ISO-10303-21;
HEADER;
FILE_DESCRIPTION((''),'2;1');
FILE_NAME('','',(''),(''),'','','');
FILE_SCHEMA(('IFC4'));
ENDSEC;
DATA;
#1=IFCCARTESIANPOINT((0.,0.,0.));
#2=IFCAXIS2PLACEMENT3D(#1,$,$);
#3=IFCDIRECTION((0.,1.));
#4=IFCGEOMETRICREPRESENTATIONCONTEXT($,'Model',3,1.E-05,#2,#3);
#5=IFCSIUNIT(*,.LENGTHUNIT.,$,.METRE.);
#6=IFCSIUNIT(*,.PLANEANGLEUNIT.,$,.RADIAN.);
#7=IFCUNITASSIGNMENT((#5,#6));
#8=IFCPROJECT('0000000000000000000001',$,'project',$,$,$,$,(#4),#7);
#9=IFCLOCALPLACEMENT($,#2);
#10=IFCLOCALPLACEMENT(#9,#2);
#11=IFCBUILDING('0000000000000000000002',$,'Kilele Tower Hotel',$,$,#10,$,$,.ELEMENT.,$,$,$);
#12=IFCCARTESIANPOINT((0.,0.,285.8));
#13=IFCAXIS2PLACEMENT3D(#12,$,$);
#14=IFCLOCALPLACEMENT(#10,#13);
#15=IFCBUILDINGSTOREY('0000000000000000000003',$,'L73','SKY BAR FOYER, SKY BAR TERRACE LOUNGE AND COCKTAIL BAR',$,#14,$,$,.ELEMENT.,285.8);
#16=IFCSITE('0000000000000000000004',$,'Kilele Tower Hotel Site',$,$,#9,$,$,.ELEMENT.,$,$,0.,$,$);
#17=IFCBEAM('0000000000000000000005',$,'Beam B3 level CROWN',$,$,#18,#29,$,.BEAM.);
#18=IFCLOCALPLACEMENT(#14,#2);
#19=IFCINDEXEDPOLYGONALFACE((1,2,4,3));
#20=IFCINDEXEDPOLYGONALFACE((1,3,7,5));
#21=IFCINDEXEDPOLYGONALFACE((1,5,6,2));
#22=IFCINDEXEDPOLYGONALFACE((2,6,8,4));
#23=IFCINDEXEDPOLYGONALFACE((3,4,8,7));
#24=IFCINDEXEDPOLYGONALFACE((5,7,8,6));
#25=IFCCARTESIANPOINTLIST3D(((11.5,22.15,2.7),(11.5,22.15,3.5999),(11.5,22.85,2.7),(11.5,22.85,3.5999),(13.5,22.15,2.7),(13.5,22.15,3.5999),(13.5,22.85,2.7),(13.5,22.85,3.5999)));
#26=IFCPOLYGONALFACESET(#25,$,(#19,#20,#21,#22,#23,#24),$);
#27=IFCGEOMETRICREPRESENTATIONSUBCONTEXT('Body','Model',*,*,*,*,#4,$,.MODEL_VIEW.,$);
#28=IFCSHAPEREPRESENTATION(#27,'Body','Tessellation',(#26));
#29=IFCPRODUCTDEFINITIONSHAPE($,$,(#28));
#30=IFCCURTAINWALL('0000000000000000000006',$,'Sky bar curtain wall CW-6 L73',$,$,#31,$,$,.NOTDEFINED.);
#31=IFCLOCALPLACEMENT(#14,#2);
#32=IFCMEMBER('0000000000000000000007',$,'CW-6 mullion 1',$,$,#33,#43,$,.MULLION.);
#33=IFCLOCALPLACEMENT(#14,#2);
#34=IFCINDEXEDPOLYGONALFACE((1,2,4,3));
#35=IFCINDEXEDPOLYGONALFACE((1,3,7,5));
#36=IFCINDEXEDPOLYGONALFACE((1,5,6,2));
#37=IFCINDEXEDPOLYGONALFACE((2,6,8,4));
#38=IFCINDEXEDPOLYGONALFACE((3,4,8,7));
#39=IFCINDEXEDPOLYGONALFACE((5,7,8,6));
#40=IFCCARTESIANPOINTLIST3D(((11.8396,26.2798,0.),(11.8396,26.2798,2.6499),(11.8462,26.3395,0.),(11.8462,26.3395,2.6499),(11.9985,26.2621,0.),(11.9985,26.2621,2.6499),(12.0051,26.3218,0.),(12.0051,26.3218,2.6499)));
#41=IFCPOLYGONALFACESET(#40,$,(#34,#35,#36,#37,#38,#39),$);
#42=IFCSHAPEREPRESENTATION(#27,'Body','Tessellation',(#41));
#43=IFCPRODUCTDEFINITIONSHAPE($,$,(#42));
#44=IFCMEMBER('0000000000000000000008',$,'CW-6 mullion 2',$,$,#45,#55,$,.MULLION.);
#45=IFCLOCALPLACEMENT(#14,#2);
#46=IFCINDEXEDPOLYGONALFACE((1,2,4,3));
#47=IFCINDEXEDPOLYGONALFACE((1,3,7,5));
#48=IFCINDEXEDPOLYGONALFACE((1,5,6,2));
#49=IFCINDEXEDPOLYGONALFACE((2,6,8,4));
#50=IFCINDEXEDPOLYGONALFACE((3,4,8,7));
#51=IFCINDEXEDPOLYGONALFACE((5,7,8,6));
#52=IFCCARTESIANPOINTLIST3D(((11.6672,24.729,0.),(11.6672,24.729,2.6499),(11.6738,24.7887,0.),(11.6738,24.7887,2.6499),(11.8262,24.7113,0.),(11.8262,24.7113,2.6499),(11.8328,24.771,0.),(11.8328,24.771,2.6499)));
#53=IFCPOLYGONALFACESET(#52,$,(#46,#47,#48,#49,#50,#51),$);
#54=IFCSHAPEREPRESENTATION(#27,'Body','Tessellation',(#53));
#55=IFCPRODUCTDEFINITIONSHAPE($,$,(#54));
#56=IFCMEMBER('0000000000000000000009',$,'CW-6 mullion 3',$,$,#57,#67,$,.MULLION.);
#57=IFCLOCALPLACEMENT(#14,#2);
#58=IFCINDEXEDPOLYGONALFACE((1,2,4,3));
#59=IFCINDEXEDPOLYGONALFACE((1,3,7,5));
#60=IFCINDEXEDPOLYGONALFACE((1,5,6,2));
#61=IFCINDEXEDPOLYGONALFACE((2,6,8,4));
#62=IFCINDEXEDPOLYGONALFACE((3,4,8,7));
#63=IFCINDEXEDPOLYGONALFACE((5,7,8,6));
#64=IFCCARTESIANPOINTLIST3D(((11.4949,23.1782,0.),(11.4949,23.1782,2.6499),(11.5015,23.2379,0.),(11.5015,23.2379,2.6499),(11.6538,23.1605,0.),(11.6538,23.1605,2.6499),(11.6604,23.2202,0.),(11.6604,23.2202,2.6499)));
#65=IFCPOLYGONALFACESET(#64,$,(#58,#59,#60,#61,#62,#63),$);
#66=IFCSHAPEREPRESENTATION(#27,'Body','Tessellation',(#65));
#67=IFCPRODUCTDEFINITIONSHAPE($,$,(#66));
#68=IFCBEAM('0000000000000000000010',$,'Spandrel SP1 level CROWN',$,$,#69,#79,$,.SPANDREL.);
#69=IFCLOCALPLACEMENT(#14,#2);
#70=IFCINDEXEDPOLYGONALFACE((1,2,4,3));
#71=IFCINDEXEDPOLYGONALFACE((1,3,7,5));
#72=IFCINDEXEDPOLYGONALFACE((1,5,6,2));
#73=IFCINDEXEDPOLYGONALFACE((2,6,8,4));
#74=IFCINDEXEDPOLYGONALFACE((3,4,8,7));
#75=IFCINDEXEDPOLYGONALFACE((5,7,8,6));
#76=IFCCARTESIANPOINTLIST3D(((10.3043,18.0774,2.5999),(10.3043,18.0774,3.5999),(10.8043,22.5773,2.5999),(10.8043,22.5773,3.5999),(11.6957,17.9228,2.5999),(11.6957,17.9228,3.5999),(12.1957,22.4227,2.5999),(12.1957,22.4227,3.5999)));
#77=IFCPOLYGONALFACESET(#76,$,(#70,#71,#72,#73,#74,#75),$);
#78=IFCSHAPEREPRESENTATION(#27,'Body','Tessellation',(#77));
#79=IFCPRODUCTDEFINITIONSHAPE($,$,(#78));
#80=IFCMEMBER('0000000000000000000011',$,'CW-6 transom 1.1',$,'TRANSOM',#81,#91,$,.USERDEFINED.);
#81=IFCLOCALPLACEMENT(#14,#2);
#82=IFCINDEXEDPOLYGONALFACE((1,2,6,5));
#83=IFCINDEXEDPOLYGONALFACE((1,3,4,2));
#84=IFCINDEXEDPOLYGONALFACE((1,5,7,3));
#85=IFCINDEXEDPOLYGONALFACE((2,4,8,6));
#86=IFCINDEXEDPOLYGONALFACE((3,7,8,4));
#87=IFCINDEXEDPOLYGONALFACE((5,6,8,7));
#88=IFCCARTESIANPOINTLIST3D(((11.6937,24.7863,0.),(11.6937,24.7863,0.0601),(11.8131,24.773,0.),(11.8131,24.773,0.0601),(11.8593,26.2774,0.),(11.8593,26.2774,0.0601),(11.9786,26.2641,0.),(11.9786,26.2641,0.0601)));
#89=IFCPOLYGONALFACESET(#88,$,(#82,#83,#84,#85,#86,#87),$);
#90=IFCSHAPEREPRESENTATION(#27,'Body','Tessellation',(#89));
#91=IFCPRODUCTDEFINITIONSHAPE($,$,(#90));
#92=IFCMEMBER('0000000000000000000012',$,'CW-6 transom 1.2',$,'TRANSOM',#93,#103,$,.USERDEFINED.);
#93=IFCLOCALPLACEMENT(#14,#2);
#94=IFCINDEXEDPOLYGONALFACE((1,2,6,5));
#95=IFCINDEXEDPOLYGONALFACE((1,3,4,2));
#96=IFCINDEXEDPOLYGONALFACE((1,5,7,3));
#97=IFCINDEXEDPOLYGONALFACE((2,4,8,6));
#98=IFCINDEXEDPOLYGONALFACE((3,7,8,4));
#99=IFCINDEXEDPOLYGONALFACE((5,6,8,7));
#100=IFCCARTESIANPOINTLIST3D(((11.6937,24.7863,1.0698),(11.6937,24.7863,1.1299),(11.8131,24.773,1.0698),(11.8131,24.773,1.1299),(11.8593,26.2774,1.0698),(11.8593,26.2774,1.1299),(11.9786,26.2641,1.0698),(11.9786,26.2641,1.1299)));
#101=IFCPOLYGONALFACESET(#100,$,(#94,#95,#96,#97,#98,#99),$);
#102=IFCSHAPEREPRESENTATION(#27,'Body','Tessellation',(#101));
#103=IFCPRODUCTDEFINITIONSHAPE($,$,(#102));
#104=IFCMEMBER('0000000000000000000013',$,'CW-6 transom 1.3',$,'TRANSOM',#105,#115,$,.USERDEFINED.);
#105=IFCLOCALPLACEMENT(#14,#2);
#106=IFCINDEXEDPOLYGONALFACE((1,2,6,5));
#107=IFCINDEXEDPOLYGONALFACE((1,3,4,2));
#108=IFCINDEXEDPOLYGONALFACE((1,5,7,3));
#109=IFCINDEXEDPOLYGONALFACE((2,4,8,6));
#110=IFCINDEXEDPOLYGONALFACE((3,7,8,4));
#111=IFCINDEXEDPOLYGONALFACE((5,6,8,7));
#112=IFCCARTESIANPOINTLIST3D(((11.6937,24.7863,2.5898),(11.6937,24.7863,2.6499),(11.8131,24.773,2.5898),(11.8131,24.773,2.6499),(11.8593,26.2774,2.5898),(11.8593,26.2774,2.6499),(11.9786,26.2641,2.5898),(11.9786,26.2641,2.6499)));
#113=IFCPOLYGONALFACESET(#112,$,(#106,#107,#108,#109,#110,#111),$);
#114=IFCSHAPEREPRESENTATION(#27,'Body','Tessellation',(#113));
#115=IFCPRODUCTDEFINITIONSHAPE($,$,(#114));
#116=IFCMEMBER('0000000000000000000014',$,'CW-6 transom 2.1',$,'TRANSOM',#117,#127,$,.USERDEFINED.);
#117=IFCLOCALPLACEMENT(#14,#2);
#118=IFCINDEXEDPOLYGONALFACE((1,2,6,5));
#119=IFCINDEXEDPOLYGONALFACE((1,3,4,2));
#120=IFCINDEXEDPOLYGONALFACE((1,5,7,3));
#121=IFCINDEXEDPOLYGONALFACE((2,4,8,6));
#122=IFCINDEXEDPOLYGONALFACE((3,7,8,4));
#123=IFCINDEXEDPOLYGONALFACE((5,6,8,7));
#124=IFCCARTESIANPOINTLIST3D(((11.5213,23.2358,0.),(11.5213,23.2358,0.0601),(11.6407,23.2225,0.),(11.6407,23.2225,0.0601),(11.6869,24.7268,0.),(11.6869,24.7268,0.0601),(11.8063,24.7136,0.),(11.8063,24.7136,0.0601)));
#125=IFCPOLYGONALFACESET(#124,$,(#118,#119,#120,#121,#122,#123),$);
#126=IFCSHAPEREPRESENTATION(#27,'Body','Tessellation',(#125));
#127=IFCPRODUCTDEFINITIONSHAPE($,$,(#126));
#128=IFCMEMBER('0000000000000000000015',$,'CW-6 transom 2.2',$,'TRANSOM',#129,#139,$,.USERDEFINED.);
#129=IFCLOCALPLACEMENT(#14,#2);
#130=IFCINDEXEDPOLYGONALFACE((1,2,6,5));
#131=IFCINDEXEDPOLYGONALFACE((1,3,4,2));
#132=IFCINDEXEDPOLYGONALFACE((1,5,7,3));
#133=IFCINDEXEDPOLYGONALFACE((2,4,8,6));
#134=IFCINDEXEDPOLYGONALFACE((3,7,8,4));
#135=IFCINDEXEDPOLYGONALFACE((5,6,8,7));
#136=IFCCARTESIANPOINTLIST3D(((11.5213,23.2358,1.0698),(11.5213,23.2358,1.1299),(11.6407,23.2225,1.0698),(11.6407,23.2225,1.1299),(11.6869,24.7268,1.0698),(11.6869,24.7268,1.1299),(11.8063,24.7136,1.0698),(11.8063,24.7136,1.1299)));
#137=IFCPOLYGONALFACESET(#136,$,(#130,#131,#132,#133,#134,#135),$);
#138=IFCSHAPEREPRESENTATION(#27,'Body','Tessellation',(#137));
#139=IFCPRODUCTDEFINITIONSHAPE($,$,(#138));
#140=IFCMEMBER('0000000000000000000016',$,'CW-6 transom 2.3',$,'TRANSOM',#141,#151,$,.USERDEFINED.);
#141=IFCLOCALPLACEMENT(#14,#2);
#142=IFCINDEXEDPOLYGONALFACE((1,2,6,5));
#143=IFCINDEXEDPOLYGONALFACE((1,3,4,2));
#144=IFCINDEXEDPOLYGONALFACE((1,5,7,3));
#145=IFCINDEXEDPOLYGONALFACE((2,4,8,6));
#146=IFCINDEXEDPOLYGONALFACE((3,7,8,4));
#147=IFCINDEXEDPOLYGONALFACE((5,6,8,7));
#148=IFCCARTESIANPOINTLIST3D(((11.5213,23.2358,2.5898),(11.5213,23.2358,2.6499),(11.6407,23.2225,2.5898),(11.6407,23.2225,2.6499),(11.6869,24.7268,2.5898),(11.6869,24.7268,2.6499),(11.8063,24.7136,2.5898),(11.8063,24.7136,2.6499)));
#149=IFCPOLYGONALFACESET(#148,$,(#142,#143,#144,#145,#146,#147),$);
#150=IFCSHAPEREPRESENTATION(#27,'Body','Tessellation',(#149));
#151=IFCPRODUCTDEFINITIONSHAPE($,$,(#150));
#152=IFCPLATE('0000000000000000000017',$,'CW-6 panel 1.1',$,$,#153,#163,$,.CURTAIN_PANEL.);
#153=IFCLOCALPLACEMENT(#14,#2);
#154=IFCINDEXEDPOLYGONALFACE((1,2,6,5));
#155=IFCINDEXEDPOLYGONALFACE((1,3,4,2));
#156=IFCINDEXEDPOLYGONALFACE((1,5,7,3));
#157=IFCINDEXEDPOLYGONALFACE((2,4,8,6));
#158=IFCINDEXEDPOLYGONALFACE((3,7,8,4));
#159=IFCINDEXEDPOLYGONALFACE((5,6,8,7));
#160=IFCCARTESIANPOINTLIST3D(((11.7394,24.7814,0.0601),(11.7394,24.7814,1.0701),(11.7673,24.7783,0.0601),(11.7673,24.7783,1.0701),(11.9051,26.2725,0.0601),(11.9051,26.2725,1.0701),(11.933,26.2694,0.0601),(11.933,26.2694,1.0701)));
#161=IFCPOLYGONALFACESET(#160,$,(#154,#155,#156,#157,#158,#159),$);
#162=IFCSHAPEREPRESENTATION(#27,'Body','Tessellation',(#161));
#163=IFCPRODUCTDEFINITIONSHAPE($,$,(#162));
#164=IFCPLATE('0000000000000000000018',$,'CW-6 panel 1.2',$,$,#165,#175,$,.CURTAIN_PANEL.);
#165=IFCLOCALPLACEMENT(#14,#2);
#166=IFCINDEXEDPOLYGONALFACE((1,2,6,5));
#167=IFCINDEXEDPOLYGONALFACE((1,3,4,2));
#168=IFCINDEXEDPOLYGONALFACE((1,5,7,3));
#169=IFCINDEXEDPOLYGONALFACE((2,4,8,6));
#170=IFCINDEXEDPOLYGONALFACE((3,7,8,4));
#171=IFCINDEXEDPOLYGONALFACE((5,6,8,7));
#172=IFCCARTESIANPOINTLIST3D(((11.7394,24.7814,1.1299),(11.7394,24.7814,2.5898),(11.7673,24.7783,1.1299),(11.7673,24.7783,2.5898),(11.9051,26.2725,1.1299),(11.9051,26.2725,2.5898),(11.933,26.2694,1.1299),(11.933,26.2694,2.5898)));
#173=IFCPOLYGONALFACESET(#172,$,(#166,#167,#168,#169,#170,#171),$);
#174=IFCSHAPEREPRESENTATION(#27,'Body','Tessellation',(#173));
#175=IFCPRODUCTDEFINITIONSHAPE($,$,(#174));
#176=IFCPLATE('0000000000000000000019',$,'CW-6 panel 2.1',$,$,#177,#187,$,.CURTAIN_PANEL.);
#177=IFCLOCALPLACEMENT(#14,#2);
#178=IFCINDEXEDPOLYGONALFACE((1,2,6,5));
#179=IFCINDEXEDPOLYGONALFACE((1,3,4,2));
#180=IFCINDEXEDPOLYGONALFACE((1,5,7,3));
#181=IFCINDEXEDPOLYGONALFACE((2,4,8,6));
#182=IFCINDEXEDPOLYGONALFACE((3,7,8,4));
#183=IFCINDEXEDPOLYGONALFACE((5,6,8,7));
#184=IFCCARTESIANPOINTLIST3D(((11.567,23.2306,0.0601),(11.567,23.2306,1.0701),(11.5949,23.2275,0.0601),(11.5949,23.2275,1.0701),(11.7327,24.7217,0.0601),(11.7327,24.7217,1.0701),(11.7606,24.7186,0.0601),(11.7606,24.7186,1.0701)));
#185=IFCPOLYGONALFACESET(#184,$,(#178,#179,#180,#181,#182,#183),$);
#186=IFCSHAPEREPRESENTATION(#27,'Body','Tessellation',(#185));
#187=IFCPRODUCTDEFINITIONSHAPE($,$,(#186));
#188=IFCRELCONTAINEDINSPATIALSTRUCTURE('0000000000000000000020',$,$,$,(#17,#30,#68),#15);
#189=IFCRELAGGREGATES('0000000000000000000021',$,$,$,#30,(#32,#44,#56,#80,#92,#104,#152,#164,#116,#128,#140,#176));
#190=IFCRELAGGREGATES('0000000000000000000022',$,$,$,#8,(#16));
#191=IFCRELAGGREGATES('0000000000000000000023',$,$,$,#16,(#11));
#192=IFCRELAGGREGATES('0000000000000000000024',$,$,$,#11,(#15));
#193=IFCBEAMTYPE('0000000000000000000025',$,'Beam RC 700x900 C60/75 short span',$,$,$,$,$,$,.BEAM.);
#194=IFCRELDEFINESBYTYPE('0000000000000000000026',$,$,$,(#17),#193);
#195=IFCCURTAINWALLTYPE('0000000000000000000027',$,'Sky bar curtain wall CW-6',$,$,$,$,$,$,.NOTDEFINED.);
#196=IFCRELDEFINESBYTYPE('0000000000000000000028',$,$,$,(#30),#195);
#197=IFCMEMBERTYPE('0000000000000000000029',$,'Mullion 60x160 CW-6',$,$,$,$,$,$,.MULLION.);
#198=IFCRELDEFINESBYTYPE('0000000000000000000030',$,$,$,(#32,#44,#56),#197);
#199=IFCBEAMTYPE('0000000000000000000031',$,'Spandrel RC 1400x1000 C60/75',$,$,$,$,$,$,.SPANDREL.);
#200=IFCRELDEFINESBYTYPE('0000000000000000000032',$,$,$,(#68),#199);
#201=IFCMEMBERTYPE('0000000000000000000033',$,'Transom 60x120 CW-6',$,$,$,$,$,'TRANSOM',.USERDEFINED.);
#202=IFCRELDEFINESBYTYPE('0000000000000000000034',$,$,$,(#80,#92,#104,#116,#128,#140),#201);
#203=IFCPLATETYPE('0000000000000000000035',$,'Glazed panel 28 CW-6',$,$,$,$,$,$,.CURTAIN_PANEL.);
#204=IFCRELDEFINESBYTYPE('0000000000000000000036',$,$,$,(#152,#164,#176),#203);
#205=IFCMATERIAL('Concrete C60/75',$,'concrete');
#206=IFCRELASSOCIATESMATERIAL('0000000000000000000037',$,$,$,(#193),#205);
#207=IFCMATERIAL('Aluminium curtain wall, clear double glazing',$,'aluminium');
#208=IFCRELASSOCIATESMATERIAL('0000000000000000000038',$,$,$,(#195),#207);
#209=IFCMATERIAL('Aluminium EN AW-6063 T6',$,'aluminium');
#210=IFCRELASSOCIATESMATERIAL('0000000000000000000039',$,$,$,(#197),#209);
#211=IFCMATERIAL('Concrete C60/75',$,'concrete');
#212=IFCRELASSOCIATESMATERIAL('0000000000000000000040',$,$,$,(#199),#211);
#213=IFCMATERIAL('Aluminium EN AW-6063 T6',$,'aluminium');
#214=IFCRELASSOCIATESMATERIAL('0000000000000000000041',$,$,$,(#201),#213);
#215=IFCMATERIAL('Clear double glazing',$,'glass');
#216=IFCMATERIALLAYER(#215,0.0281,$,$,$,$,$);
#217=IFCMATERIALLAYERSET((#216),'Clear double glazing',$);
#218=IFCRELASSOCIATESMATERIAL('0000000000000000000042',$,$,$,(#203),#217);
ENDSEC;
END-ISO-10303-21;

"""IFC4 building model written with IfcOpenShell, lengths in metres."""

from ifc_helpers import new_model, si_unit, direction, frame, origin, origin_2d, place, context, subcontext, project, spatial, rectangle, extrude, material, layer, layer_set, material_profile, profile_set, type_object, element, aggregate, save


model = new_model("IFC4")

# Units and contexts
model_context = context("Model", 3, precision=1e-05, world=origin(), true_north=direction((0.0, 1.0)))
body_context = subcontext(model_context, "Body", "Model", "MODEL_VIEW")
ifc_project = project(units=[si_unit("LENGTHUNIT", "METRE"), si_unit("PLANEANGLEUNIT", "RADIAN")], contexts=[model_context])

# Site, building, storey
site_placement = place(None, origin())
site = spatial("IfcSite", under=ifc_project, at=site_placement, Name="Kilele Tower Hotel Site", CompositionType="ELEMENT", RefElevation=0.0)
building_placement = place(site_placement, origin())
building = spatial("IfcBuilding", under=site, at=building_placement, Name="Kilele Tower Hotel", CompositionType="ELEMENT")
storey_placement = place(building_placement, frame((0.0, 0.0, 285.8)))
storey = spatial("IfcBuildingStorey", under=building, at=storey_placement, Name="L73", Description="SKY BAR FOYER, SKY BAR TERRACE LOUNGE AND COCKTAIL BAR", CompositionType="ELEMENT", Elevation=285.8)

# Beam
ifc_material_1 = material(Name="Concrete C60/75", Category="concrete")
ifc_material_profile_1 = material_profile(ifc_material_1, rectangle(XDim=0.7, YDim=0.8999, at=origin_2d()))
ifc_profile_set_1 = profile_set([ifc_material_profile_1], Name="Concrete C60/75")
beam_type_1 = type_object("IfcBeamType", Name="Beam RC 700x900 C60/75 short span", PredefinedType="BEAM", material=ifc_profile_set_1)
beam_1_placement = place(storey_placement, frame((11.5, 22.5, 3.1499), z_axis=(1.0, 0.0, 0.0), x_axis=(0.0, 1.0, 0.0)))
element("IfcBeam", 1, at=beam_1_placement, inside=storey, type_object=beam_type_1, Name="Beam B3 level CROWN", PredefinedType="BEAM", context=body_context, shape_type="SweptSolid", body=[
    extrude(rectangle(XDim=0.7, YDim=0.8999, at=origin_2d()), origin(), (0.0, 0.0, 1.0), 2.0),
])

# Curtain wall, members
ifc_material_2 = material(Name="Aluminium curtain wall, clear double glazing", Category="aluminium")
curtain_wall_type = type_object("IfcCurtainWallType", Name="Sky bar curtain wall CW-6", PredefinedType="NOTDEFINED", material=ifc_material_2)
curtain_wall_placement = place(storey_placement, origin())
curtain_wall = element("IfcCurtainWall", 2, at=curtain_wall_placement, inside=storey, type_object=curtain_wall_type, Name="Sky bar curtain wall CW-6 L73", PredefinedType="NOTDEFINED")
ifc_material_3 = material(Name="Aluminium EN AW-6063 T6", Category="aluminium")
ifc_material_profile_2 = material_profile(ifc_material_3, rectangle(XDim=0.1599, YDim=0.0601, at=origin_2d()))
ifc_profile_set_2 = profile_set([ifc_material_profile_2], Name="Aluminium EN AW-6063 T6")
member_type_1 = type_object("IfcMemberType", Name="Mullion 60x160 CW-6", PredefinedType="MULLION", material=ifc_profile_set_2)
member_1_placement = place(storey_placement, frame((11.9224, 26.3008, 0.0), z_axis=(0.0, 0.0, 1.0), x_axis=(0.993884, -0.110432, 0.0)))
member_1 = element("IfcMember", 3, at=member_1_placement, type_object=member_type_1, Name="CW-6 mullion 1", PredefinedType="MULLION", context=body_context, shape_type="SweptSolid", body=[
    extrude(rectangle(XDim=0.1599, YDim=0.0601, at=origin_2d()), origin(), (0.0, 0.0, 1.0), 2.6499),
])
member_2_placement = place(storey_placement, frame((11.75, 24.75, 0.0), z_axis=(0.0, 0.0, 1.0), x_axis=(0.993884, -0.110432, 0.0)))
member_2 = element("IfcMember", 4, at=member_2_placement, type_object=member_type_1, Name="CW-6 mullion 2", PredefinedType="MULLION", context=body_context, shape_type="SweptSolid", body=[
    extrude(rectangle(XDim=0.1599, YDim=0.0601, at=origin_2d()), origin(), (0.0, 0.0, 1.0), 2.6499),
])
member_3_placement = place(storey_placement, frame((11.5776, 23.1992, 0.0), z_axis=(0.0, 0.0, 1.0), x_axis=(0.993884, -0.110432, 0.0)))
member_3 = element("IfcMember", 5, at=member_3_placement, type_object=member_type_1, Name="CW-6 mullion 3", PredefinedType="MULLION", context=body_context, shape_type="SweptSolid", body=[
    extrude(rectangle(XDim=0.1599, YDim=0.0601, at=origin_2d()), origin(), (0.0, 0.0, 1.0), 2.6499),
])

# Beam
ifc_material_4 = material(Name="Concrete C60/75", Category="concrete")
ifc_material_profile_3 = material_profile(ifc_material_4, rectangle(XDim=1.3999, YDim=1.0, at=origin_2d()))
ifc_profile_set_3 = profile_set([ifc_material_profile_3], Name="Concrete C60/75")
beam_type_2 = type_object("IfcBeamType", Name="Spandrel RC 1400x1000 C60/75", PredefinedType="SPANDREL", material=ifc_profile_set_3)
beam_2_placement = place(storey_placement, frame((11.5, 22.5, 3.0999), z_axis=(-0.110432, -0.993884, 0.0), x_axis=(0.993884, -0.110432, 0.0)))
element("IfcBeam", 6, at=beam_2_placement, inside=storey, type_object=beam_type_2, Name="Spandrel SP1 level CROWN", PredefinedType="SPANDREL", context=body_context, shape_type="SweptSolid", body=[
    extrude(rectangle(XDim=1.3999, YDim=1.0, at=origin_2d()), origin(), (0.0, 0.0, 1.0), 4.5276),
])

# Members
ifc_material_5 = material(Name="Aluminium EN AW-6063 T6", Category="aluminium")
ifc_material_profile_4 = material_profile(ifc_material_5, rectangle(XDim=0.1201, YDim=0.0601, at=origin_2d()))
ifc_profile_set_4 = profile_set([ifc_material_profile_4], Name="Aluminium EN AW-6063 T6")
member_type_2 = type_object("IfcMemberType", Name="Transom 60x120 CW-6", ElementType="TRANSOM", PredefinedType="USERDEFINED", material=ifc_profile_set_4)
member_4_placement = place(storey_placement, frame((11.9189, 26.2708, 0.03), z_axis=(-0.110342, -0.993894, 0.0), x_axis=(0.993894, -0.110342, 0.0)))
member_4 = element("IfcMember", 7, at=member_4_placement, type_object=member_type_2, Name="CW-6 transom 1.1", ObjectType="TRANSOM", PredefinedType="USERDEFINED", context=body_context, shape_type="SweptSolid", body=[
    extrude(rectangle(XDim=0.1201, YDim=0.0601, at=origin_2d()), origin(), (0.0, 0.0, 1.0), 1.5002),
])
member_5_placement = place(storey_placement, frame((11.9189, 26.2708, 1.0999), z_axis=(-0.110342, -0.993894, 0.0), x_axis=(0.993894, -0.110342, 0.0)))
member_5 = element("IfcMember", 8, at=member_5_placement, type_object=member_type_2, Name="CW-6 transom 1.2", ObjectType="TRANSOM", PredefinedType="USERDEFINED", context=body_context, shape_type="SweptSolid", body=[
    extrude(rectangle(XDim=0.1201, YDim=0.0601, at=origin_2d()), origin(), (0.0, 0.0, 1.0), 1.5002),
])
member_6_placement = place(storey_placement, frame((11.9189, 26.2708, 2.6199), z_axis=(-0.110342, -0.993894, 0.0), x_axis=(0.993894, -0.110342, 0.0)))
member_6 = element("IfcMember", 9, at=member_6_placement, type_object=member_type_2, Name="CW-6 transom 1.3", ObjectType="TRANSOM", PredefinedType="USERDEFINED", context=body_context, shape_type="SweptSolid", body=[
    extrude(rectangle(XDim=0.1201, YDim=0.0601, at=origin_2d()), origin(), (0.0, 0.0, 1.0), 1.5002),
])
member_7_placement = place(storey_placement, frame((11.7466, 24.7202, 0.03), z_axis=(-0.110342, -0.993894, 0.0), x_axis=(0.993894, -0.110342, 0.0)))
member_7 = element("IfcMember", 10, at=member_7_placement, type_object=member_type_2, Name="CW-6 transom 2.1", ObjectType="TRANSOM", PredefinedType="USERDEFINED", context=body_context, shape_type="SweptSolid", body=[
    extrude(rectangle(XDim=0.1201, YDim=0.0601, at=origin_2d()), origin(), (0.0, 0.0, 1.0), 1.5002),
])
member_8_placement = place(storey_placement, frame((11.7466, 24.7202, 1.0999), z_axis=(-0.110342, -0.993894, 0.0), x_axis=(0.993894, -0.110342, 0.0)))
member_8 = element("IfcMember", 11, at=member_8_placement, type_object=member_type_2, Name="CW-6 transom 2.2", ObjectType="TRANSOM", PredefinedType="USERDEFINED", context=body_context, shape_type="SweptSolid", body=[
    extrude(rectangle(XDim=0.1201, YDim=0.0601, at=origin_2d()), origin(), (0.0, 0.0, 1.0), 1.5002),
])
member_9_placement = place(storey_placement, frame((11.7466, 24.7202, 2.6199), z_axis=(-0.110342, -0.993894, 0.0), x_axis=(0.993894, -0.110342, 0.0)))
member_9 = element("IfcMember", 12, at=member_9_placement, type_object=member_type_2, Name="CW-6 transom 2.3", ObjectType="TRANSOM", PredefinedType="USERDEFINED", context=body_context, shape_type="SweptSolid", body=[
    extrude(rectangle(XDim=0.1201, YDim=0.0601, at=origin_2d()), origin(), (0.0, 0.0, 1.0), 1.5002),
])

# Plates
ifc_material_6 = material(Name="Clear double glazing", Category="glass")
ifc_layer_1 = layer(ifc_material_6, 0.0281)
ifc_layer_set_1 = layer_set([ifc_layer_1], Name="Clear double glazing")
plate_type = type_object("IfcPlateType", Name="Glazed panel 28 CW-6", PredefinedType="CURTAIN_PANEL", material=ifc_layer_set_1)
plate_1_placement = place(storey_placement, frame((11.8362, 25.5254, 0.0601), z_axis=(0.0, 0.0, 1.0), x_axis=(-0.110432, -0.993884, 0.0)))
plate_1 = element("IfcPlate", 13, at=plate_1_placement, type_object=plate_type, Name="CW-6 panel 1.1", PredefinedType="CURTAIN_PANEL", context=body_context, shape_type="SweptSolid", body=[
    extrude(rectangle(XDim=1.5002, YDim=0.0281, at=origin_2d()), origin(), (0.0, 0.0, 1.0), 1.01),
])
plate_2_placement = place(storey_placement, frame((11.8362, 25.5254, 1.1299), z_axis=(0.0, 0.0, 1.0), x_axis=(-0.110432, -0.993884, 0.0)))
plate_2 = element("IfcPlate", 14, at=plate_2_placement, type_object=plate_type, Name="CW-6 panel 1.2", PredefinedType="CURTAIN_PANEL", context=body_context, shape_type="SweptSolid", body=[
    extrude(rectangle(XDim=1.5002, YDim=0.0281, at=origin_2d()), origin(), (0.0, 0.0, 1.0), 1.46),
])
plate_3_placement = place(storey_placement, frame((11.6638, 23.9746, 0.0601), z_axis=(0.0, 0.0, 1.0), x_axis=(-0.110432, -0.993884, 0.0)))
plate_3 = element("IfcPlate", 15, at=plate_3_placement, type_object=plate_type, Name="CW-6 panel 2.1", PredefinedType="CURTAIN_PANEL", context=body_context, shape_type="SweptSolid", body=[
    extrude(rectangle(XDim=1.5002, YDim=0.0281, at=origin_2d()), origin(), (0.0, 0.0, 1.0), 1.01),
])
aggregate(curtain_wall, [member_1, member_2, member_3, member_4, member_5, member_6, plate_1, plate_2, member_7, member_8, member_9, plate_3])

save(model, "model.ifc")
